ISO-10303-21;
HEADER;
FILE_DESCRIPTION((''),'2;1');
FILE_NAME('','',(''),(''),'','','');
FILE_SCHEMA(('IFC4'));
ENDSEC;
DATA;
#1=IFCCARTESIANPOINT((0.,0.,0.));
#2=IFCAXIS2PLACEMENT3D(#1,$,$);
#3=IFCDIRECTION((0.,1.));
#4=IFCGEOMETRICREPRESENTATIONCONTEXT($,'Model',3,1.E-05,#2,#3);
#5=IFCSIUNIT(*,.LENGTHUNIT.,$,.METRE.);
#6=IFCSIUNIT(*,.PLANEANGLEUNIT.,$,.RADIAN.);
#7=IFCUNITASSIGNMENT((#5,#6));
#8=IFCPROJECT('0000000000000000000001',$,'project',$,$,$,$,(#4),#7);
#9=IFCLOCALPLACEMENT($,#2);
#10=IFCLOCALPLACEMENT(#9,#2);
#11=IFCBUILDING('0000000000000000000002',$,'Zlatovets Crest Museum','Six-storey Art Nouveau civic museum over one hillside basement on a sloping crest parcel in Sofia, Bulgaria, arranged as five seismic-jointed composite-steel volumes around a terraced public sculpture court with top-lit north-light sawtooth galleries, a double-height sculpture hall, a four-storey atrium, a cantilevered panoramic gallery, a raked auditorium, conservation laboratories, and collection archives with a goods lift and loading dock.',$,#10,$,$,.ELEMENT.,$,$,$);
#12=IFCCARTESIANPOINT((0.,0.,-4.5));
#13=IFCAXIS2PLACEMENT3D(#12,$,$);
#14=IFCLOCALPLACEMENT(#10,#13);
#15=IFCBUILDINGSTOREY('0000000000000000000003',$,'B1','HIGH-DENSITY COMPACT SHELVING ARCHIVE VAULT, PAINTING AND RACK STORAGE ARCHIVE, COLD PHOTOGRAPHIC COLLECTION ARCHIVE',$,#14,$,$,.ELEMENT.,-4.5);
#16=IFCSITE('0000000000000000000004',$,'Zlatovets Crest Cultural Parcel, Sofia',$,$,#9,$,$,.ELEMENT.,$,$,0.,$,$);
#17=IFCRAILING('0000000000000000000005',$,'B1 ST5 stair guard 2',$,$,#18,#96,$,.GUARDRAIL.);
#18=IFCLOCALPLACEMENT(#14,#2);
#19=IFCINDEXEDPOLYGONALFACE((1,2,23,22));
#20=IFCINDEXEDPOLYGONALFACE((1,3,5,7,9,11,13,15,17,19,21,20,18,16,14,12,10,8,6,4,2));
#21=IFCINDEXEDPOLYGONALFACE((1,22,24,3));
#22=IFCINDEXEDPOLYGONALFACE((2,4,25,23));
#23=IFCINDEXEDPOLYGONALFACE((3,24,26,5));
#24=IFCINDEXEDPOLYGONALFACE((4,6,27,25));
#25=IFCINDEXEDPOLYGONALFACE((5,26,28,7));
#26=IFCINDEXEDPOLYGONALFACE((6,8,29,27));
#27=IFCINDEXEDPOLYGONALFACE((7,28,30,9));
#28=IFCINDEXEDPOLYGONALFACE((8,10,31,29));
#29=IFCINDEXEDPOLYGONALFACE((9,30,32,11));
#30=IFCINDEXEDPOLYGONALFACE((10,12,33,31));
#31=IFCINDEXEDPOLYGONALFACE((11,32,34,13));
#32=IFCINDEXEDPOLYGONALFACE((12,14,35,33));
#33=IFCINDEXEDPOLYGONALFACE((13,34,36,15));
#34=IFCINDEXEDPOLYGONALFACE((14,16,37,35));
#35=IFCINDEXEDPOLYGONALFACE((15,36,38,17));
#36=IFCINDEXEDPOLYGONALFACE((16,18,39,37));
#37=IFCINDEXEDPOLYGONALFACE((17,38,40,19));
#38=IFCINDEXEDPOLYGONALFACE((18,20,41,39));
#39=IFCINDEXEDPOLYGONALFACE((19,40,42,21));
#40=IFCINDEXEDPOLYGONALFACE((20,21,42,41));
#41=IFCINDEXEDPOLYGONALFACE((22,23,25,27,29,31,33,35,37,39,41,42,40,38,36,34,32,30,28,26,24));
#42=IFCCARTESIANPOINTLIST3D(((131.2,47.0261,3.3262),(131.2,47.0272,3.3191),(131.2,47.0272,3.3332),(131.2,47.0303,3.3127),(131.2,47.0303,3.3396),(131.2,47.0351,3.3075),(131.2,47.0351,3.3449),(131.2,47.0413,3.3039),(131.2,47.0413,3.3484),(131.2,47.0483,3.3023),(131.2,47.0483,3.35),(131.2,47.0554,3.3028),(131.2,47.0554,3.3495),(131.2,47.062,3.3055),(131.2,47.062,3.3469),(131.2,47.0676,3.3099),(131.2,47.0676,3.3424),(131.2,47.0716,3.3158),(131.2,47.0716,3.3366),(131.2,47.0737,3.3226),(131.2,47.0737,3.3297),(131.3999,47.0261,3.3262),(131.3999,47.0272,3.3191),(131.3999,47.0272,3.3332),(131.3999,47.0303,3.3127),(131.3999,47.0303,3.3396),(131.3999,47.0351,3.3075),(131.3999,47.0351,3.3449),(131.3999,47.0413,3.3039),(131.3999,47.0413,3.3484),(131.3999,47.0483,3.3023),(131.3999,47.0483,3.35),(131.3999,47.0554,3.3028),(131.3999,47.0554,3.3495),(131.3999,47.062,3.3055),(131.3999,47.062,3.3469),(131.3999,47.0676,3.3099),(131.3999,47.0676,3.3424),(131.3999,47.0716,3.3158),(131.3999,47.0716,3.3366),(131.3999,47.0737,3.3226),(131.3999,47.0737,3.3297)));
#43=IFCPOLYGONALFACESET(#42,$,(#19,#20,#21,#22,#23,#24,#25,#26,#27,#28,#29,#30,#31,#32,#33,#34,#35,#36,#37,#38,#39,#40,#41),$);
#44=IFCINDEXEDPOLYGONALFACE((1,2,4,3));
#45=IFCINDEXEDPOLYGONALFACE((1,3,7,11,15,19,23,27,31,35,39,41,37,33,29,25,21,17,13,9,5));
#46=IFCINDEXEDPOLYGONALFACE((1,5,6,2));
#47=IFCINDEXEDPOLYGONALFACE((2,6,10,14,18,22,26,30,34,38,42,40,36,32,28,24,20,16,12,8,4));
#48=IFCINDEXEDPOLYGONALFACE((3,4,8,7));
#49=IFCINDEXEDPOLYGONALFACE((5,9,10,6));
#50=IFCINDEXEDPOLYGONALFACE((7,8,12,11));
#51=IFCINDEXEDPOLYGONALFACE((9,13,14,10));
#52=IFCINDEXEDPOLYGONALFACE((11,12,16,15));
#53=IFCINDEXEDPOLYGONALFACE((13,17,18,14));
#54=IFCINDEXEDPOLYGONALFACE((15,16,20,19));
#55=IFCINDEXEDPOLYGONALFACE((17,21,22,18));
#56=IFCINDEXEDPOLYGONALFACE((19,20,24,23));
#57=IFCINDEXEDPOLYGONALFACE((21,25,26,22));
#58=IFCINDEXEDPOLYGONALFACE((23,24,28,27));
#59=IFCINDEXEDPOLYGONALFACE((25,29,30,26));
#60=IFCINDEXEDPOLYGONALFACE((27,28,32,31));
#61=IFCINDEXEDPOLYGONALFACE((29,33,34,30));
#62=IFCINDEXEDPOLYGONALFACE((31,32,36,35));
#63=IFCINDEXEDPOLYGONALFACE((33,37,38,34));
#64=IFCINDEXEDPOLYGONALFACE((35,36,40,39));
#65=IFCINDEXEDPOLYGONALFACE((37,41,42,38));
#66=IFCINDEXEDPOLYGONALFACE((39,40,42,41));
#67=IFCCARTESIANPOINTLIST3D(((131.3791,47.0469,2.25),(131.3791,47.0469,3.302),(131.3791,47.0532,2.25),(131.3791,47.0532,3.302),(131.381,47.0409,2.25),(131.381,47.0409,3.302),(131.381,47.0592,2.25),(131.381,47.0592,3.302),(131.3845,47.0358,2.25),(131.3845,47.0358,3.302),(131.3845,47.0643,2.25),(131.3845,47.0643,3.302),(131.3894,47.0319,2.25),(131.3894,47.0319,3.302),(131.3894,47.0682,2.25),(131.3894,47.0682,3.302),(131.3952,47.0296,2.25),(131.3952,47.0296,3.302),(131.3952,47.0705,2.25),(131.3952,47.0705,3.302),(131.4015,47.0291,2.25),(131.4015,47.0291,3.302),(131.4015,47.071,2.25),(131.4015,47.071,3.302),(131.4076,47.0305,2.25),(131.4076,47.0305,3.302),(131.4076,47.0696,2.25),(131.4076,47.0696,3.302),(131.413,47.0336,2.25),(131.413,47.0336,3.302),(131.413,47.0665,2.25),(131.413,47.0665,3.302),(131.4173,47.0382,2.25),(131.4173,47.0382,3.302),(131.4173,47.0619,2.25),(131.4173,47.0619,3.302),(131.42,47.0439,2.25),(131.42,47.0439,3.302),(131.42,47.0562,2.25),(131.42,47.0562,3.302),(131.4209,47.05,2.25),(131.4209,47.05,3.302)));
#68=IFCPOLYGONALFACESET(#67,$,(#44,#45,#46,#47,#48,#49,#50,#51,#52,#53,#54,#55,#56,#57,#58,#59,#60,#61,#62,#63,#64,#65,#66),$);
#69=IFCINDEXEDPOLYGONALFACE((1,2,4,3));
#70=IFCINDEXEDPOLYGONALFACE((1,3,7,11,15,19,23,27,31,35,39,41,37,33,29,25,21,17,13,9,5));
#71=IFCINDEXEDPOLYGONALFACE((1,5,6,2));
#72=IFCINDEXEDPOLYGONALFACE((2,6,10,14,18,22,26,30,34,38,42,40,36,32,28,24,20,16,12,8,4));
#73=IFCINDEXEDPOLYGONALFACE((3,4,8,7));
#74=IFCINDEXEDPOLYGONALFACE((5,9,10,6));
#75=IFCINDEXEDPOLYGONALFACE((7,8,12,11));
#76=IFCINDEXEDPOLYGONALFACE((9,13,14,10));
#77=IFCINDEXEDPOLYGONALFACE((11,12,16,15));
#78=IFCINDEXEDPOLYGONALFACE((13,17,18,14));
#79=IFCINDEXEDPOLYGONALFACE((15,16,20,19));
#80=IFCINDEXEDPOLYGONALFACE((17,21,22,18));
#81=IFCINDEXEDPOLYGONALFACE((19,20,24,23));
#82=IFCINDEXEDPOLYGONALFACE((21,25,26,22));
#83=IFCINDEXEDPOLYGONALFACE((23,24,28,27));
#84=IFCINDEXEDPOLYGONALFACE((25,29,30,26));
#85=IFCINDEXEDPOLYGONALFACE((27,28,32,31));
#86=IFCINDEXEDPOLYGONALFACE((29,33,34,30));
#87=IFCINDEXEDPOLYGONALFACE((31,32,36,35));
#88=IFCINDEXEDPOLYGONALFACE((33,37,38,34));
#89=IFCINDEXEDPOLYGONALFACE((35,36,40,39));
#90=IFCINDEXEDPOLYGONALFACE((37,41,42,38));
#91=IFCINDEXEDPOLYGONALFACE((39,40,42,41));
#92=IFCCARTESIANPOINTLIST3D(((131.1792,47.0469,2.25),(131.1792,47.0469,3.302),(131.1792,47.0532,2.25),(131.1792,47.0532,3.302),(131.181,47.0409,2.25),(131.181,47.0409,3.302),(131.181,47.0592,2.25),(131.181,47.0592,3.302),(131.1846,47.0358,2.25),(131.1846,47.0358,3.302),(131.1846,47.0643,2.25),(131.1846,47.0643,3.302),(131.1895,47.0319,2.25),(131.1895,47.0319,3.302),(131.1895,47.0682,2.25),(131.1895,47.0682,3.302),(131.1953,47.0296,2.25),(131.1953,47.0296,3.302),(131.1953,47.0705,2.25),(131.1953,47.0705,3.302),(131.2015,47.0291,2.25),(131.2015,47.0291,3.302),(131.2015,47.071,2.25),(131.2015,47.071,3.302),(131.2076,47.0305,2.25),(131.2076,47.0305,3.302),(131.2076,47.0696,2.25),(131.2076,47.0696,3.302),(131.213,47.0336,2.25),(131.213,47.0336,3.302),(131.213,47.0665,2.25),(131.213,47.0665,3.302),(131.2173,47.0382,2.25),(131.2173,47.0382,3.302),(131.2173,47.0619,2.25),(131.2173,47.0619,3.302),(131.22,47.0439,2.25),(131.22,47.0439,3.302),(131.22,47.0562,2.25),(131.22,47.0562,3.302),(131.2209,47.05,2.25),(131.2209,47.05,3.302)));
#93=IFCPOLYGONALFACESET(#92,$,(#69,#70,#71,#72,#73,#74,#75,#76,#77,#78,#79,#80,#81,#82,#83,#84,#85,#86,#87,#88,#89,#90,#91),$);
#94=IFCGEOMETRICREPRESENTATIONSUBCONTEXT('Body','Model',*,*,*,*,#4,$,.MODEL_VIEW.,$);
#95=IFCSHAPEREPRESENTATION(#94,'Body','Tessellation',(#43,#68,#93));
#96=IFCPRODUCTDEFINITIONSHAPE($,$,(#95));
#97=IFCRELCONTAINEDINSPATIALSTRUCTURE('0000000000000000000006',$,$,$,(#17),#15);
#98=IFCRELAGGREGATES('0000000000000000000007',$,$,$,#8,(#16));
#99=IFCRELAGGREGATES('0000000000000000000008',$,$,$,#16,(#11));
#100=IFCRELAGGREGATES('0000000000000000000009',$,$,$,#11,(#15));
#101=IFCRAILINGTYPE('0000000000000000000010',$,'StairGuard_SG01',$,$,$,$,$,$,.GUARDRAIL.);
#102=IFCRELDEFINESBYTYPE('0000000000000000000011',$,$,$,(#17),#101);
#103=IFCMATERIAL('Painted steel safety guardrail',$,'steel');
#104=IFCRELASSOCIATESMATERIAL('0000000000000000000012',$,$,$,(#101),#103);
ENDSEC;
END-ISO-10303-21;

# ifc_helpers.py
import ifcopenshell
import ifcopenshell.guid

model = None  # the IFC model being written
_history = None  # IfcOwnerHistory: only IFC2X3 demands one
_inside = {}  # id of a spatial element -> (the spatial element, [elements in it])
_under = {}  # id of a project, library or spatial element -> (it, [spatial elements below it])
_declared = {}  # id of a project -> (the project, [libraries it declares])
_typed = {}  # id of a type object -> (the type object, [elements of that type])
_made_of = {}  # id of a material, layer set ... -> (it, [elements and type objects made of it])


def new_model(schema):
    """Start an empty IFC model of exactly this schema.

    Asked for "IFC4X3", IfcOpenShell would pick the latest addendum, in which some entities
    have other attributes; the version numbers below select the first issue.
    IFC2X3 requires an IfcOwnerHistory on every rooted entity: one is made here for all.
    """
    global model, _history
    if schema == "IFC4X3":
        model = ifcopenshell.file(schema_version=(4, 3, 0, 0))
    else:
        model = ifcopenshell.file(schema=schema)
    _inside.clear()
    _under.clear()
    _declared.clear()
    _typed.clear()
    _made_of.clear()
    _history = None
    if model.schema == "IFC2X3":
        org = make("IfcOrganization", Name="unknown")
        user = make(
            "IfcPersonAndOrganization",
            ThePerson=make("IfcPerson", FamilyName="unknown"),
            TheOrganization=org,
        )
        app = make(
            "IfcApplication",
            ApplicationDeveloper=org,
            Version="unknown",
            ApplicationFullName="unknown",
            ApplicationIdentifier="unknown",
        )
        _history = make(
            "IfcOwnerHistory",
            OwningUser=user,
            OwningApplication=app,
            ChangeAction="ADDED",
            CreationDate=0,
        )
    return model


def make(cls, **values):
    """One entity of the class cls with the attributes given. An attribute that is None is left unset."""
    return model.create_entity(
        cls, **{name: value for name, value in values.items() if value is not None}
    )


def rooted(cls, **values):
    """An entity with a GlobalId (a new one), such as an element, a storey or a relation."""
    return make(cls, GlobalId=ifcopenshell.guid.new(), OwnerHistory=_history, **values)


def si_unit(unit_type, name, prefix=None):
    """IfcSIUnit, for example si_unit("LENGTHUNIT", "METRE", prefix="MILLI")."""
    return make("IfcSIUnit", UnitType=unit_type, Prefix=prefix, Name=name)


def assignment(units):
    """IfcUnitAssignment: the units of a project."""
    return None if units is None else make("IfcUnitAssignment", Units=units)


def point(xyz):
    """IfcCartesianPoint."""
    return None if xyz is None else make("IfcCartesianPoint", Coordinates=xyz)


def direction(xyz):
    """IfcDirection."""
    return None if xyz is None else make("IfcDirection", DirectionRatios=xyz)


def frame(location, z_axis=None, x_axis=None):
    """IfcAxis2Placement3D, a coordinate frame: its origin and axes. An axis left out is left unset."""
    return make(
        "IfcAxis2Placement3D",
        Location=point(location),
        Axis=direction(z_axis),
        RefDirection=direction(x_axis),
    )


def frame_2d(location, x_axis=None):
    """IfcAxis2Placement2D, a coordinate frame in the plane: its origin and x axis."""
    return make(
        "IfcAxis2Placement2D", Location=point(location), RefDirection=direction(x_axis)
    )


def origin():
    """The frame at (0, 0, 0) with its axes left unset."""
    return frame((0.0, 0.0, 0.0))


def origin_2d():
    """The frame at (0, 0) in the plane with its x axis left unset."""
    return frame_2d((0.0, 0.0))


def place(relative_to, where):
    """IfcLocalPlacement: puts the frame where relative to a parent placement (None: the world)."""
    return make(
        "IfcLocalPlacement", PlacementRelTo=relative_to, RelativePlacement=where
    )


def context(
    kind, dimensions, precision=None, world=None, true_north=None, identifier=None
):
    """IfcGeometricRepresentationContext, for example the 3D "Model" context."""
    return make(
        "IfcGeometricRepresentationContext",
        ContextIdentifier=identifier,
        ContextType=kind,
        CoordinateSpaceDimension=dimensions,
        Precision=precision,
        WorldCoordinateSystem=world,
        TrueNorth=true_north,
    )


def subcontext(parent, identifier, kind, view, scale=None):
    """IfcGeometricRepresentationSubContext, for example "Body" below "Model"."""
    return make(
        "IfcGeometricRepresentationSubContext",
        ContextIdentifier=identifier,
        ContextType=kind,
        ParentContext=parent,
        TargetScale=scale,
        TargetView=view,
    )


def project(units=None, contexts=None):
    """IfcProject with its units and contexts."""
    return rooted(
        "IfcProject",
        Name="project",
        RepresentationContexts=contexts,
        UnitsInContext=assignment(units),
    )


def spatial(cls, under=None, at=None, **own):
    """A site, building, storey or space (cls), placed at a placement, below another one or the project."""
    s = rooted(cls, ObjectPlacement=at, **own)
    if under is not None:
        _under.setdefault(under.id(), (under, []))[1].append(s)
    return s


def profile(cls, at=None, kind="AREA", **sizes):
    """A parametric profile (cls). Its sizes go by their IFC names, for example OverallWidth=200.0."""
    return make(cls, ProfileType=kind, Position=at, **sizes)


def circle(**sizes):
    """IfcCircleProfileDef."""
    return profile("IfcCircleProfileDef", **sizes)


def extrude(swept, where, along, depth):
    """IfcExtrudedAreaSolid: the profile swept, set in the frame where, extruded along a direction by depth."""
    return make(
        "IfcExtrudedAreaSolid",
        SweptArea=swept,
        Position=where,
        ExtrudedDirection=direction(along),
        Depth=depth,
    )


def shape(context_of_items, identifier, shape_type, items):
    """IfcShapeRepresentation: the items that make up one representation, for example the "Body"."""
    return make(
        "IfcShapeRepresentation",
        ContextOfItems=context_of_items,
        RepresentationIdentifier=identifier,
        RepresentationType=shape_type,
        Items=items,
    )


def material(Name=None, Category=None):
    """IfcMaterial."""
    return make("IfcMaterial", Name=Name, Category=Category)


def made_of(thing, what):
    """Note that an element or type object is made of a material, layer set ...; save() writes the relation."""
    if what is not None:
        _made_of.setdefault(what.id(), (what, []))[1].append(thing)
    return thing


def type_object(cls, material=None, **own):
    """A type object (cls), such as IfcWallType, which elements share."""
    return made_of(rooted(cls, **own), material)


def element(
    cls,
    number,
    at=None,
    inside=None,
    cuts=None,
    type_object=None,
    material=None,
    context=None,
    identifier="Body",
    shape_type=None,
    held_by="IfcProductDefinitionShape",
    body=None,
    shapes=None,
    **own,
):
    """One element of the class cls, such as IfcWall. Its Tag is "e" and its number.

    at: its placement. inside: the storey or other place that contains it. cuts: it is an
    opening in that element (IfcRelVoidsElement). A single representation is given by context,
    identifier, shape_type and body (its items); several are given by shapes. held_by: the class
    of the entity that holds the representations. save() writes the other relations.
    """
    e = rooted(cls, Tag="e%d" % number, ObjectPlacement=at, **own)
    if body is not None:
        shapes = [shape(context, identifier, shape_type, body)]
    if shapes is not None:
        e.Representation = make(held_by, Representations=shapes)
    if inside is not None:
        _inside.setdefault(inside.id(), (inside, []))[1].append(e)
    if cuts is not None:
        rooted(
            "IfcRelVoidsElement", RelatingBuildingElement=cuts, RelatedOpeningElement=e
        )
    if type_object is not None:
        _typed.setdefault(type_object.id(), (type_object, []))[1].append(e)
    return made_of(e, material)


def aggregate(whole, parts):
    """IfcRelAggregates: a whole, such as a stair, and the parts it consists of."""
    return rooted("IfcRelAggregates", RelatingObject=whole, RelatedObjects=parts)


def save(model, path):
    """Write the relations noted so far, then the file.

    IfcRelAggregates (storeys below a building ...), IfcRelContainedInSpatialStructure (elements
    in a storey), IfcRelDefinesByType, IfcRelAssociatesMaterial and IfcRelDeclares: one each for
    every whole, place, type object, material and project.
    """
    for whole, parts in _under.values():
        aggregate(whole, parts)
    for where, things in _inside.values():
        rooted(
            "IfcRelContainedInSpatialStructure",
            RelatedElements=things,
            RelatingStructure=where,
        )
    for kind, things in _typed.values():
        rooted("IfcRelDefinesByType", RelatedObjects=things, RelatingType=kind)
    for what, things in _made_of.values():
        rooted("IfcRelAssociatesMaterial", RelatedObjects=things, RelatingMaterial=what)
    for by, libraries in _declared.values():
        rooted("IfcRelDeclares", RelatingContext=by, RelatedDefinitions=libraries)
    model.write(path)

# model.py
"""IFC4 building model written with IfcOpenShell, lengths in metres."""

from ifc_helpers import new_model, si_unit, direction, frame, origin, origin_2d, place, context, subcontext, project, spatial, circle, extrude, material, type_object, element, save


model = new_model("IFC4")

# Units and contexts
model_context = context("Model", 3, precision=1e-05, world=origin(), true_north=direction((0.0, 1.0)))
body_context = subcontext(model_context, "Body", "Model", "MODEL_VIEW")
ifc_project = project(units=[si_unit("LENGTHUNIT", "METRE"), si_unit("PLANEANGLEUNIT", "RADIAN")], contexts=[model_context])

# Site, building, storey
site_placement = place(None, origin())
site = spatial("IfcSite", under=ifc_project, at=site_placement, Name="Zlatovets Crest Cultural Parcel, Sofia", CompositionType="ELEMENT", RefElevation=0.0)
building_placement = place(site_placement, origin())
building = spatial("IfcBuilding", under=site, at=building_placement, Name="Zlatovets Crest Museum", Description="Six-storey Art Nouveau civic museum over one hillside basement on a sloping crest parcel in Sofia, Bulgaria, arranged as five seismic-jointed composite-steel volumes around a terraced public sculpture court with top-lit north-light sawtooth galleries, a double-height sculpture hall, a four-storey atrium, a cantilevered panoramic gallery, a raked auditorium, conservation laboratories, and collection archives with a goods lift and loading dock.", CompositionType="ELEMENT")
storey_placement = place(building_placement, frame((0.0, 0.0, -4.5)))
storey = spatial("IfcBuildingStorey", under=building, at=storey_placement, Name="B1", Description="HIGH-DENSITY COMPACT SHELVING ARCHIVE VAULT, PAINTING AND RACK STORAGE ARCHIVE, COLD PHOTOGRAPHIC COLLECTION ARCHIVE", CompositionType="ELEMENT", Elevation=-4.5)

# Railing
ifc_material_1 = material(Name="Painted steel safety guardrail", Category="steel")
railing_type_1 = type_object("IfcRailingType", Name="StairGuard_SG01", PredefinedType="GUARDRAIL", material=ifc_material_1)
railing_1_placement = place(storey_placement, frame((131.3999, 47.05, 2.25)))
element("IfcRailing", 1, at=railing_1_placement, inside=storey, type_object=railing_type_1, Name="B1 ST5 stair guard 2", PredefinedType="GUARDRAIL", context=body_context, shape_type="SweptSolid", body=[
    extrude(circle(Radius=0.0239, at=origin_2d()), frame((0.0, 0.0, 1.0762), z_axis=(-1.0, 0.0, 0.0), x_axis=(0.0, -1.0, 0.0)), (0.0, 0.0, 1.0), 0.2),
    extrude(circle(Radius=0.021, at=origin_2d()), origin(), (0.0, 0.0, 1.0), 1.052),
    extrude(circle(Radius=0.021, at=origin_2d()), frame((-0.2, 0.0, 0.0)), (0.0, 0.0, 1.0), 1.052),
])

save(model, "model.ifc")
